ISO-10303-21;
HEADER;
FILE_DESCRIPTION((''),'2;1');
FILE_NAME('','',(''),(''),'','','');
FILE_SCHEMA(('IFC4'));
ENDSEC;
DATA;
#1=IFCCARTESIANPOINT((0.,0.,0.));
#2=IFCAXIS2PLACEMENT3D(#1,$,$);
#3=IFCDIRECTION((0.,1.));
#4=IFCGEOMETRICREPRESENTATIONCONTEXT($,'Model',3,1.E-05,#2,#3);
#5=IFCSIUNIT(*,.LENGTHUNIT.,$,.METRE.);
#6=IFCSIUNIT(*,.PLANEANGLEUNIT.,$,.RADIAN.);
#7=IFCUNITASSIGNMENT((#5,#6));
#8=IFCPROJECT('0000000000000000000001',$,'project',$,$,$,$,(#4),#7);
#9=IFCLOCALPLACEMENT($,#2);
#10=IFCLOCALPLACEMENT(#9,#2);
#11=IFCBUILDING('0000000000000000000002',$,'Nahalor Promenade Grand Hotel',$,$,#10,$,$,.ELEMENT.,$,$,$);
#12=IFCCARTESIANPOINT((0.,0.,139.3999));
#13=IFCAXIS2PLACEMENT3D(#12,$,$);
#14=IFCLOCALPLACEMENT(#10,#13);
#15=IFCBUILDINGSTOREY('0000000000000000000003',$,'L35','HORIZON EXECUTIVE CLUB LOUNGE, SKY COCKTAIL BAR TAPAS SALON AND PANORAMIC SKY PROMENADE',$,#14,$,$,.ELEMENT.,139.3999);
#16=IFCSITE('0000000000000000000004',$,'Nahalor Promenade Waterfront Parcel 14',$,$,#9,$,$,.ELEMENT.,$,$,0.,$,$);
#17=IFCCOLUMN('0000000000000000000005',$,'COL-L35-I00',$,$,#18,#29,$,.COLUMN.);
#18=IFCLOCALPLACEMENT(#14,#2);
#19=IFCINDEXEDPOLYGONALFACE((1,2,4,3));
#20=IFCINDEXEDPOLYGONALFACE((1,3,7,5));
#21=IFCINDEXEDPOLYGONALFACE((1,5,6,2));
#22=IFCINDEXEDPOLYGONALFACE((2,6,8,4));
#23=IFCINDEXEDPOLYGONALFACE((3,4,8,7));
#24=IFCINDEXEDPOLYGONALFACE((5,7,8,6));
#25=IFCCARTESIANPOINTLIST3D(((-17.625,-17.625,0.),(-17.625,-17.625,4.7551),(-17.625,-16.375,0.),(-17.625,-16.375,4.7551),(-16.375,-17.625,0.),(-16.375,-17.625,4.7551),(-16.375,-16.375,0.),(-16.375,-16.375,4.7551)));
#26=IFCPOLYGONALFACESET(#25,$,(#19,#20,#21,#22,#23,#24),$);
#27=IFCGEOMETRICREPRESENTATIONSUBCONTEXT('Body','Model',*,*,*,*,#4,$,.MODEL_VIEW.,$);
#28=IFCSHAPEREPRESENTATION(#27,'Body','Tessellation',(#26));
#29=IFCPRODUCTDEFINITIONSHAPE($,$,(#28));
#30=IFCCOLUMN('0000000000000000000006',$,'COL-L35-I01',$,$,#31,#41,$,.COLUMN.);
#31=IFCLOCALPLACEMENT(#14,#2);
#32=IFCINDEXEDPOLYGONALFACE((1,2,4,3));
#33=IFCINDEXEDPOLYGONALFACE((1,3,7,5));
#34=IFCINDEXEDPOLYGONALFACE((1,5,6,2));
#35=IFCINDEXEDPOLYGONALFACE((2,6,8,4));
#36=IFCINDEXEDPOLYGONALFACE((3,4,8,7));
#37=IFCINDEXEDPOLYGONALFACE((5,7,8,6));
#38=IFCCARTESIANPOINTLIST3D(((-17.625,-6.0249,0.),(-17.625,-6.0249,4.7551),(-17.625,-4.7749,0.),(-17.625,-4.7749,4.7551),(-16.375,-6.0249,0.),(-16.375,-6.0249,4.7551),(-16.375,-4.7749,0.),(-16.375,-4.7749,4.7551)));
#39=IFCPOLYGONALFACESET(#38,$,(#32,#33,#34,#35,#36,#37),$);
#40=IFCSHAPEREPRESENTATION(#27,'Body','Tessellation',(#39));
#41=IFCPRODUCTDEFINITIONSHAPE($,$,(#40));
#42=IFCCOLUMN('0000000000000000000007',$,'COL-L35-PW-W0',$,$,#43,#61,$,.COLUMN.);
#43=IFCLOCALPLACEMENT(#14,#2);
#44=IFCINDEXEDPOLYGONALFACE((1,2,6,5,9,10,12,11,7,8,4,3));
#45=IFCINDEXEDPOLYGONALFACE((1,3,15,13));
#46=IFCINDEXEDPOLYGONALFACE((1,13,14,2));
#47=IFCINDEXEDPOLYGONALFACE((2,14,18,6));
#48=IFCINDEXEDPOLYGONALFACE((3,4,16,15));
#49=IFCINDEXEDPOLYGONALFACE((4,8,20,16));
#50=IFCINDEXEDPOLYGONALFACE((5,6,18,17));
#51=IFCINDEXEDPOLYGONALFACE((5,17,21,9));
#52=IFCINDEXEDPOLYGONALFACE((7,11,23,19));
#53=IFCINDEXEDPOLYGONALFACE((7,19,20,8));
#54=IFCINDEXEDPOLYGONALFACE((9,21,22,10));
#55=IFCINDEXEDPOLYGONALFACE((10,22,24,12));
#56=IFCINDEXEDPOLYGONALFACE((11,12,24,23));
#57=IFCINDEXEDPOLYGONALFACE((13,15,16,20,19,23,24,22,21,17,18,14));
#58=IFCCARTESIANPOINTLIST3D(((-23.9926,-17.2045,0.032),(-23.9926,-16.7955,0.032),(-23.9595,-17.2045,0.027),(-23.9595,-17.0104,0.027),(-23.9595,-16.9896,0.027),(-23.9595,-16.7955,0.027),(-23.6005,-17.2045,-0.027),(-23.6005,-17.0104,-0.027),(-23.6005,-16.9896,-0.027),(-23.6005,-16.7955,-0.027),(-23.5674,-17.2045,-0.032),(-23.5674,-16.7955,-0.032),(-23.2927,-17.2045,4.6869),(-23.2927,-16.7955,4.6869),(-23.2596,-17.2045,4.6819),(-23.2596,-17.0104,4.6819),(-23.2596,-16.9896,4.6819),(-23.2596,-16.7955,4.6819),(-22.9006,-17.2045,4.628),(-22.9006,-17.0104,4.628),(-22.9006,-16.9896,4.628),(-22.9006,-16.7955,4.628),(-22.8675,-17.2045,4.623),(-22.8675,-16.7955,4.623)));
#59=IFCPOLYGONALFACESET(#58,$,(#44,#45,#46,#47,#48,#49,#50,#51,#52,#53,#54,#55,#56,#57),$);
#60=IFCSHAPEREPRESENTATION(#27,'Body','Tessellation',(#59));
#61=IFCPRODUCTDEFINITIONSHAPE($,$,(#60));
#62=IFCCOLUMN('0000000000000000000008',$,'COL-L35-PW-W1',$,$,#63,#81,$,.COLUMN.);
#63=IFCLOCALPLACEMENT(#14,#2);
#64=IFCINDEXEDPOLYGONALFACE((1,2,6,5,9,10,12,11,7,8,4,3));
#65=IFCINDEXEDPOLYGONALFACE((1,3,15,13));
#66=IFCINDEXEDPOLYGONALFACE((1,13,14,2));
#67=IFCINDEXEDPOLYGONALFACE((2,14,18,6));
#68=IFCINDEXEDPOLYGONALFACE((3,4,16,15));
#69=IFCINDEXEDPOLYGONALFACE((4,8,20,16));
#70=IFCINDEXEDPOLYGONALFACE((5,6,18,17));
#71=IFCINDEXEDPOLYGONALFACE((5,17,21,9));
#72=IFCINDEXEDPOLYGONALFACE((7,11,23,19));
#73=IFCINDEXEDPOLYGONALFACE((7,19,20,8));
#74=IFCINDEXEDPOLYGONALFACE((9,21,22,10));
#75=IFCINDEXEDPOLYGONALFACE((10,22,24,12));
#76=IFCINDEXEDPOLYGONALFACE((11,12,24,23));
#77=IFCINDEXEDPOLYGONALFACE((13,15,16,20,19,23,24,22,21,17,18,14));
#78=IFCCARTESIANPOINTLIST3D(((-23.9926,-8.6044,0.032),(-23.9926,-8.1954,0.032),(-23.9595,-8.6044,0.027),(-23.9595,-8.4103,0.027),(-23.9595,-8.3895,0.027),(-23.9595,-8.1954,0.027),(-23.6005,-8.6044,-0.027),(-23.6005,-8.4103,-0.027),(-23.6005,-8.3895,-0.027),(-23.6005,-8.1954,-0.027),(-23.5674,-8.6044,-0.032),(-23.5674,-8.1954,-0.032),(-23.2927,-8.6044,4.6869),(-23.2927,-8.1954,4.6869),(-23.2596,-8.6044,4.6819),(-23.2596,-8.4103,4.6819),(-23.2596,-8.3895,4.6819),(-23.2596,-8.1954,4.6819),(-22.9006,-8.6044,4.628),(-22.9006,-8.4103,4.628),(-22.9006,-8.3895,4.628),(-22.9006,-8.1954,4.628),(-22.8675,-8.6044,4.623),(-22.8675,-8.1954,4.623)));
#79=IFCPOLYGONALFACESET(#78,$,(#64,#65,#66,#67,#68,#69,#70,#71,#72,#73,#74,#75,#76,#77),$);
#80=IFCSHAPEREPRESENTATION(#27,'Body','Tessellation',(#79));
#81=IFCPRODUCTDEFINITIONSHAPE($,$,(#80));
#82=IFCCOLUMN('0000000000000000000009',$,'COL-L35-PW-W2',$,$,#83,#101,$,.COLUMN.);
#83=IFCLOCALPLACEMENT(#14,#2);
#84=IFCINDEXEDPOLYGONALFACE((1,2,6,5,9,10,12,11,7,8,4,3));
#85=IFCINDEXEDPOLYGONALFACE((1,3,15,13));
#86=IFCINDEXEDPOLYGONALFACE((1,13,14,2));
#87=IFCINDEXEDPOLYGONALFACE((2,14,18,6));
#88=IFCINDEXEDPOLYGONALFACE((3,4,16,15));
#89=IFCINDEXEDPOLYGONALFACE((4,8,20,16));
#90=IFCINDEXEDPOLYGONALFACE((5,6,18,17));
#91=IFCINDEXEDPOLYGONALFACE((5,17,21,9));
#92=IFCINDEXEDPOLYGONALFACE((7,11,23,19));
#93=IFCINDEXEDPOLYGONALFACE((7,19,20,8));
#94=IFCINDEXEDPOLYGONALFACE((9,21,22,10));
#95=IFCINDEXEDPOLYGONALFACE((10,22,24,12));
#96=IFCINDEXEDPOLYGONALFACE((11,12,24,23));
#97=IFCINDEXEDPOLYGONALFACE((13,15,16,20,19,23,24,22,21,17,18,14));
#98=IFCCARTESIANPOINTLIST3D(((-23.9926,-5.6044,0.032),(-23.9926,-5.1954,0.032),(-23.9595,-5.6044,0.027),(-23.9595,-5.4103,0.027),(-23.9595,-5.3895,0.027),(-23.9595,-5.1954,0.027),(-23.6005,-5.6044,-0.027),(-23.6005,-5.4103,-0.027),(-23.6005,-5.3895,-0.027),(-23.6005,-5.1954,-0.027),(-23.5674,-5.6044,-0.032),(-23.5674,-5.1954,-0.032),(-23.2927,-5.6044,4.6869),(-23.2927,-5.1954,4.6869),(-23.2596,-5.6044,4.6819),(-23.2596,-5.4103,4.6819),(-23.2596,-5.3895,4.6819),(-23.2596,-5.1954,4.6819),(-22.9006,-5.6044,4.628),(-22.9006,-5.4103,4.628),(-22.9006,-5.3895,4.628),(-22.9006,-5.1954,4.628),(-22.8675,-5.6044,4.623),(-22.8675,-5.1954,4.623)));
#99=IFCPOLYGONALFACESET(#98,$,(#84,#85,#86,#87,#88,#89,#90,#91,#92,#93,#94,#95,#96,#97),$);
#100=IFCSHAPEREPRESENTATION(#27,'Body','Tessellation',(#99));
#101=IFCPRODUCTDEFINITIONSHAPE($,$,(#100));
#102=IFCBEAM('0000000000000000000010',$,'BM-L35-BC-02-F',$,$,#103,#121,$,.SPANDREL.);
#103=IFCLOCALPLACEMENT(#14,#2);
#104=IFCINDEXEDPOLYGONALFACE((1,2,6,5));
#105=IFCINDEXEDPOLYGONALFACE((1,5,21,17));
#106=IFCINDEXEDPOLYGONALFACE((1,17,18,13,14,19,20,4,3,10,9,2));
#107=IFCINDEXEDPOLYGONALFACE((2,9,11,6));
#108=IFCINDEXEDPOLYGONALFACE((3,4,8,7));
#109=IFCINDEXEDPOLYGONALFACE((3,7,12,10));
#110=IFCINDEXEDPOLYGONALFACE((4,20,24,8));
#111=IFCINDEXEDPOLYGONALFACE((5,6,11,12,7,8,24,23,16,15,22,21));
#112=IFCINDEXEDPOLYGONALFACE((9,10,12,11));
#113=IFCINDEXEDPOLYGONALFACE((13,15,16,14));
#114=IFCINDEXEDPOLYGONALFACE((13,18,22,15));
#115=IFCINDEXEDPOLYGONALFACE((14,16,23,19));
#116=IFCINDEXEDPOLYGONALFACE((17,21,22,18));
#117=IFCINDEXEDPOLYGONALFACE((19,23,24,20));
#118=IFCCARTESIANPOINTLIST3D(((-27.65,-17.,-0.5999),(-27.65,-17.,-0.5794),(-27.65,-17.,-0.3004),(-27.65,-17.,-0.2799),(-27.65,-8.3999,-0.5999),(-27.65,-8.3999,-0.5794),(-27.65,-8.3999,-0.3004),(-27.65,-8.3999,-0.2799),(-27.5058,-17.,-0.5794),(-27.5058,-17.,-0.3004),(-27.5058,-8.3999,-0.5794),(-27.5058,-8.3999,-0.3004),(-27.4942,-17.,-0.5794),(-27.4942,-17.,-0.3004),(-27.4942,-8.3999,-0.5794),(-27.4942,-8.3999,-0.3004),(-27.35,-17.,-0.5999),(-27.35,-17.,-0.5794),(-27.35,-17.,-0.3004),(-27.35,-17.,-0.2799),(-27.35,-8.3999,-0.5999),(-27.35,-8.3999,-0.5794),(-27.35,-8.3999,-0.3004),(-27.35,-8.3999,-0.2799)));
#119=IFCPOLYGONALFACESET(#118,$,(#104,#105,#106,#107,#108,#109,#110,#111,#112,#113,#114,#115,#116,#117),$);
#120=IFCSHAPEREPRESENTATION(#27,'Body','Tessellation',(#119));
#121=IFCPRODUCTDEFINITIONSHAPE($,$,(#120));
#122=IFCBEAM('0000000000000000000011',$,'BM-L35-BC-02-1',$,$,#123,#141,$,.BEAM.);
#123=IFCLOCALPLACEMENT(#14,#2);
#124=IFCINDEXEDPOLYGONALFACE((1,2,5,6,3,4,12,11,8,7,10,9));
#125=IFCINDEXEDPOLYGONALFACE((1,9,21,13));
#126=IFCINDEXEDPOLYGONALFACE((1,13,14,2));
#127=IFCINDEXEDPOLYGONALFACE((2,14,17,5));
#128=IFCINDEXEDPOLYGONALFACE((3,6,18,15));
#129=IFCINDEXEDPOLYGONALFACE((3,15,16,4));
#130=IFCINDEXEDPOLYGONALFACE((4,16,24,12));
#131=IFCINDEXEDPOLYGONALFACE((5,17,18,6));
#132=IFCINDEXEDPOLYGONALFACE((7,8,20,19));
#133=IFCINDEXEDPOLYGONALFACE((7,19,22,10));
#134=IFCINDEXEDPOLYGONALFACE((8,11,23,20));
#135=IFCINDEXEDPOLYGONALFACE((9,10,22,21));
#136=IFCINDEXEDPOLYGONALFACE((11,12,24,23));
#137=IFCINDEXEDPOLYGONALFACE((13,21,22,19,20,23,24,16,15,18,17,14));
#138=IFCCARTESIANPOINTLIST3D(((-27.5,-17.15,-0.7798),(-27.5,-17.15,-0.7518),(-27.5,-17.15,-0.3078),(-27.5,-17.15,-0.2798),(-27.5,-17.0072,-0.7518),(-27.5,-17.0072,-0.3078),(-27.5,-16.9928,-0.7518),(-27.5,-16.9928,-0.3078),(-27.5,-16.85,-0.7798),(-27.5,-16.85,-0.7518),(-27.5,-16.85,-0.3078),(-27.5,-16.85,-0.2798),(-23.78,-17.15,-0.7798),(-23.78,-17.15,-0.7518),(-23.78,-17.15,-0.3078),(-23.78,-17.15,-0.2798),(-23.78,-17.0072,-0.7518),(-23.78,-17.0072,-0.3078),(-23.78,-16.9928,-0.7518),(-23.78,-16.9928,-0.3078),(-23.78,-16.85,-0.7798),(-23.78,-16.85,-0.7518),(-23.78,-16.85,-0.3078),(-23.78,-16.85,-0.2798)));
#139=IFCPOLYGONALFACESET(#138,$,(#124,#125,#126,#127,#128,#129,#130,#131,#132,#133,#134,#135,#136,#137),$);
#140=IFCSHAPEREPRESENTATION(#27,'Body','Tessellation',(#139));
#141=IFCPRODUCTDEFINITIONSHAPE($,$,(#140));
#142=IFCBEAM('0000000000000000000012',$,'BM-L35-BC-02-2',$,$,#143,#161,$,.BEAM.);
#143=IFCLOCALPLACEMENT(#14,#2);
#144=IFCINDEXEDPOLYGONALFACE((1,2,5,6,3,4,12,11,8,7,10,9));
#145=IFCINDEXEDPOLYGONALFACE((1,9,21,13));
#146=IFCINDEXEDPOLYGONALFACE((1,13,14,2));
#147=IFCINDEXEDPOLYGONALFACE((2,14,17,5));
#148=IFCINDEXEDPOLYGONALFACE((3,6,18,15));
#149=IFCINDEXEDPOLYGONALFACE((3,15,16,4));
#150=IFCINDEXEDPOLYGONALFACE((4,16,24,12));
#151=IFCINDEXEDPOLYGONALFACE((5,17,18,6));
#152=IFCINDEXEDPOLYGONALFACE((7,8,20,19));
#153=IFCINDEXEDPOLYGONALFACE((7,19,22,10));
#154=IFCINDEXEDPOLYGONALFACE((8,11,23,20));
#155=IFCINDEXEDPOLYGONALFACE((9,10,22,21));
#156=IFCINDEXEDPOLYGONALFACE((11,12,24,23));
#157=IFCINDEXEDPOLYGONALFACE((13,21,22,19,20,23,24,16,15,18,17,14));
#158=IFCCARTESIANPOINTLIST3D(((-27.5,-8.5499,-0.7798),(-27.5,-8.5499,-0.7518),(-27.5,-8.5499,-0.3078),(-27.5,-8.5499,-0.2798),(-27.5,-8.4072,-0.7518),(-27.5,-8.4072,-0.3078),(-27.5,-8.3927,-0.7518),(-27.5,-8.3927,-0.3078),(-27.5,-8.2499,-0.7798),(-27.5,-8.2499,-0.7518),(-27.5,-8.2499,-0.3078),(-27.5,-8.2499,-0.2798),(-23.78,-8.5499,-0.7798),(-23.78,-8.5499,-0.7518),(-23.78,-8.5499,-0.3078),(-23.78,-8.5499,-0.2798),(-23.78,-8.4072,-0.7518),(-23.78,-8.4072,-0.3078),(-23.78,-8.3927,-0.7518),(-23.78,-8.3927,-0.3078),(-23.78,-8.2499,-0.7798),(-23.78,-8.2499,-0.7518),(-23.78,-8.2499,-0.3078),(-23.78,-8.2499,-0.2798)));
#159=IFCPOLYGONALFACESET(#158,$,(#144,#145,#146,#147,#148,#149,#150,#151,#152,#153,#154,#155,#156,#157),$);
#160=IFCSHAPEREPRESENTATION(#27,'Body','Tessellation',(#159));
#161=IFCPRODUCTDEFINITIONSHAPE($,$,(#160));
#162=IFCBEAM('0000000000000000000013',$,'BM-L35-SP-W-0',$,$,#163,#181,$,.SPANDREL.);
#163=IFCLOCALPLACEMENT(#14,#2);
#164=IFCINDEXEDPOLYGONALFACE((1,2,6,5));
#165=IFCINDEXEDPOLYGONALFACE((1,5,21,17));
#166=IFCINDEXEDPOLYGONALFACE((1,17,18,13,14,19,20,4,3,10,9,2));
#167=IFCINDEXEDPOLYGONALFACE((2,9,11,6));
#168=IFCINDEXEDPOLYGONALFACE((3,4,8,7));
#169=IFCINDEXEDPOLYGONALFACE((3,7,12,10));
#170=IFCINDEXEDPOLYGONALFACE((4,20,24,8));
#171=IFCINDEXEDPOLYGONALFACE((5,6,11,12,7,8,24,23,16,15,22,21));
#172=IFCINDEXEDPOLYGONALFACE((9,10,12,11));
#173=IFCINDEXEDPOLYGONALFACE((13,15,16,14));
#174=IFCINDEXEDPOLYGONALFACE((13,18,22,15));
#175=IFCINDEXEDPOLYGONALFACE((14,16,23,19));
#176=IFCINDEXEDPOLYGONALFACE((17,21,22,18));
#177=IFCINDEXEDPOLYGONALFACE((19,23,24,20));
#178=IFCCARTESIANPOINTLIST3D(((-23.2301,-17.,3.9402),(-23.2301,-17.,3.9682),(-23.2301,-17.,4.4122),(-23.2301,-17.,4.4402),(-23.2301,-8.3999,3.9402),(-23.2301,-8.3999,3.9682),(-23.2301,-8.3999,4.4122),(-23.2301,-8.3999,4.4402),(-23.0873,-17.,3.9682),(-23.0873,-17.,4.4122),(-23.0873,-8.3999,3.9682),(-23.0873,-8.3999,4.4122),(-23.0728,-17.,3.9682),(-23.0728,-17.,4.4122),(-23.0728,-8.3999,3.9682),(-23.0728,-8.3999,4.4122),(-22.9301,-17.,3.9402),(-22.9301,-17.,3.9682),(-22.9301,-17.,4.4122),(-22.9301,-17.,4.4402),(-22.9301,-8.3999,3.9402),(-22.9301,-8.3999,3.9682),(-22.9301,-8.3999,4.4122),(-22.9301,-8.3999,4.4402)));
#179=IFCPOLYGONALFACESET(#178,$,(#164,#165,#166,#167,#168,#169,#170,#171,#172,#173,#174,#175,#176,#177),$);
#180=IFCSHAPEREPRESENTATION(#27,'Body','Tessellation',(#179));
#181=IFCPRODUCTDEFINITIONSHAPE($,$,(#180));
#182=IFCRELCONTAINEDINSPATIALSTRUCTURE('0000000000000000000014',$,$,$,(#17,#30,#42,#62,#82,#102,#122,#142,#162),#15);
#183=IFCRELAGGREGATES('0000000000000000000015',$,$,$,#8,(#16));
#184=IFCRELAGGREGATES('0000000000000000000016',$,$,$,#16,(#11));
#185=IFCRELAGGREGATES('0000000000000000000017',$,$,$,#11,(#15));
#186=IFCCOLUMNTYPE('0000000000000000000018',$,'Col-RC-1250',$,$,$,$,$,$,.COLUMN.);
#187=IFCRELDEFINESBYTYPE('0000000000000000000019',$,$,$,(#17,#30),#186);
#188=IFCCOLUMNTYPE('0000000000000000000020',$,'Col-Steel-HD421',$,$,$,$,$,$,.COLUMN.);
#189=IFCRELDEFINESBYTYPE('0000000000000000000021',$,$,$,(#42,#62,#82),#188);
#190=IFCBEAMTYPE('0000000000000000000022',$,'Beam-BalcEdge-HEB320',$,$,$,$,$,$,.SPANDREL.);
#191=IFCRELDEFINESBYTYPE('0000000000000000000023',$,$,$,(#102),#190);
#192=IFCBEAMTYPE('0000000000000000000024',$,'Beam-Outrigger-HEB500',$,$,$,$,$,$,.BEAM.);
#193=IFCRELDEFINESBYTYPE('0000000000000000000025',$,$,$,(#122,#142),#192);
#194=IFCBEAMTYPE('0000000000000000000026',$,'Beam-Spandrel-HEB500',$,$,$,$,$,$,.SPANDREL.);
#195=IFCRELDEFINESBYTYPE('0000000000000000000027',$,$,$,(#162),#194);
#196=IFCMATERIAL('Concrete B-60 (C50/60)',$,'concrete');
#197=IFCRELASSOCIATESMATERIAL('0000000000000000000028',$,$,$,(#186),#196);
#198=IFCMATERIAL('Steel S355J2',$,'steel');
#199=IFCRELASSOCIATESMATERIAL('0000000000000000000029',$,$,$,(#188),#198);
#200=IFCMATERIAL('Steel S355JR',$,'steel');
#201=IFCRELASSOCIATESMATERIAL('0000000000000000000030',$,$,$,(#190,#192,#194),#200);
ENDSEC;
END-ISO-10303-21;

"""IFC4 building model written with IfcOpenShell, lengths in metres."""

from ifc_helpers import new_model, si_unit, direction, frame, origin, origin_2d, place, context, subcontext, project, spatial, rectangle, i_section, extrude, source, transform, mapped, material, material_profile, profile_set, type_object, element, save


model = new_model("IFC4")

# Units and contexts
model_context = context("Model", 3, precision=1e-05, world=origin(), true_north=direction((0.0, 1.0)))
body_context = subcontext(model_context, "Body", "Model", "MODEL_VIEW")
ifc_project = project(units=[si_unit("LENGTHUNIT", "METRE"), si_unit("PLANEANGLEUNIT", "RADIAN")], contexts=[model_context])

# Site, building, storey
site_placement = place(None, origin())
site = spatial("IfcSite", under=ifc_project, at=site_placement, Name="Nahalor Promenade Waterfront Parcel 14", CompositionType="ELEMENT", RefElevation=0.0)
building_placement = place(site_placement, origin())
building = spatial("IfcBuilding", under=site, at=building_placement, Name="Nahalor Promenade Grand Hotel", CompositionType="ELEMENT")
storey_placement = place(building_placement, frame((0.0, 0.0, 139.3999)))
storey = spatial("IfcBuildingStorey", under=building, at=storey_placement, Name="L35", Description="HORIZON EXECUTIVE CLUB LOUNGE, SKY COCKTAIL BAR TAPAS SALON AND PANORAMIC SKY PROMENADE", CompositionType="ELEMENT", Elevation=139.3999)

# Columns
ifc_material_1 = material(Name="Concrete B-60 (C50/60)", Category="concrete")
ifc_material_profile_1 = material_profile(ifc_material_1, rectangle(XDim=1.25, YDim=1.25, at=origin_2d()), Name="RC 1250x1250")
ifc_profile_set_1 = profile_set([ifc_material_profile_1], Name="Concrete B-60 (C50/60)")
column_type_1 = type_object("IfcColumnType", Name="Col-RC-1250", PredefinedType="COLUMN", material=ifc_profile_set_1)
shared_shape_1 = source(origin(), body_context, "Body", "SweptSolid", [
    extrude(rectangle(XDim=1.25, YDim=1.25, at=origin_2d()), origin(), (0.0, 0.0, 1.0), 4.7551),
])
for number, where, z_axis, x_axis, name in (
    (1, (-17.0, -17.0, 0.0), (0.0, 0.0, 1.0), (1.0, 0.0, 0.0), "COL-L35-I00"),
    (2, (-17.0, -5.3999, 0.0), (0.0, 0.0, 1.0), (1.0, 0.0, 0.0), "COL-L35-I01"),
):
    element("IfcColumn", number, at=place(storey_placement, frame(where, z_axis=z_axis, x_axis=x_axis)), inside=storey, type_object=column_type_1, Name=name, PredefinedType="COLUMN", context=body_context, shape_type="MappedRepresentation", body=[
        mapped(shared_shape_1, transform((0.0, 0.0, 0.0), scale=1.0)),
    ])
ifc_material_2 = material(Name="Steel S355J2", Category="steel")
ifc_material_profile_2 = material_profile(ifc_material_2, i_section(OverallWidth=0.409, OverallDepth=0.43, WebThickness=0.0208, FlangeThickness=0.0335, at=origin_2d()), Name="HD 400x421")
ifc_profile_set_2 = profile_set([ifc_material_profile_2], Name="Steel S355J2")
column_type_2 = type_object("IfcColumnType", Name="Col-Steel-HD421", PredefinedType="COLUMN", material=ifc_profile_set_2)
shared_shape_2 = source(origin(), body_context, "Body", "SweptSolid", [
    extrude(i_section(OverallWidth=0.409, OverallDepth=0.43, WebThickness=0.0208, FlangeThickness=0.0335, at=origin_2d()), origin(), (0.0, 0.0, 1.0), 4.7073),
])
for number, where, z_axis, x_axis, name in (
    (3, (-23.78, -17.0, 0.0), (0.148693, 0.0, 0.988883), (0.0, 1.0, 0.0), "COL-L35-PW-W0"),
    (4, (-23.78, -8.3999, 0.0), (0.148693, 0.0, 0.988883), (0.0, 1.0, 0.0), "COL-L35-PW-W1"),
    (5, (-23.78, -5.3999, 0.0), (0.148693, 0.0, 0.988883), (0.0, 1.0, 0.0), "COL-L35-PW-W2"),
):
    element("IfcColumn", number, at=place(storey_placement, frame(where, z_axis=z_axis, x_axis=x_axis)), inside=storey, type_object=column_type_2, Name=name, PredefinedType="COLUMN", context=body_context, shape_type="MappedRepresentation", body=[
        mapped(shared_shape_2, transform((0.0, 0.0, 0.0), scale=1.0)),
    ])

# Beams
ifc_material_3 = material(Name="Steel S355JR", Category="steel")
ifc_material_profile_3 = material_profile(ifc_material_3, i_section(OverallWidth=0.3, OverallDepth=0.32, WebThickness=0.0115, FlangeThickness=0.0205, at=origin_2d()), Name="HEB 320")
ifc_profile_set_3 = profile_set([ifc_material_profile_3], Name="Steel S355JR")
beam_type_1 = type_object("IfcBeamType", Name="Beam-BalcEdge-HEB320", PredefinedType="SPANDREL", material=ifc_profile_set_3)
shared_shape_3 = source(origin(), body_context, "Body", "SweptSolid", [
    extrude(i_section(OverallWidth=0.3, OverallDepth=0.32, WebThickness=0.0115, FlangeThickness=0.0205, at=origin_2d()), origin(), (0.0, 0.0, 1.0), 8.6001),
])
beam_1_placement = place(storey_placement, frame((-27.5, -17.0, -0.4399), z_axis=(0.0, 1.0, 0.0), x_axis=(-1.0, 0.0, 0.0)))
element("IfcBeam", 6, at=beam_1_placement, inside=storey, type_object=beam_type_1, Name="BM-L35-BC-02-F", PredefinedType="SPANDREL", context=body_context, shape_type="MappedRepresentation", body=[
    mapped(shared_shape_3, transform((0.0, 0.0, 0.0), scale=1.0)),
])
ifc_material_profile_4 = material_profile(ifc_material_3, i_section(OverallWidth=0.3, OverallDepth=0.5, WebThickness=0.0145, FlangeThickness=0.028, at=origin_2d()), Name="HEB 500")
ifc_profile_set_4 = profile_set([ifc_material_profile_4], Name="Steel S355JR")
beam_type_2 = type_object("IfcBeamType", Name="Beam-Outrigger-HEB500", PredefinedType="BEAM", material=ifc_profile_set_4)
shared_shape_4 = source(origin(), body_context, "Body", "SweptSolid", [
    extrude(i_section(OverallWidth=0.3, OverallDepth=0.5, WebThickness=0.0145, FlangeThickness=0.028, at=origin_2d()), origin(), (0.0, 0.0, 1.0), 3.72),
])
for number, where, z_axis, x_axis, name in (
    (7, (-27.5, -17.0, -0.5298), (1.0, 0.0, 0.0), (0.0, 1.0, 0.0), "BM-L35-BC-02-1"),
    (8, (-27.5, -8.3999, -0.5298), (1.0, 0.0, 0.0), (0.0, 1.0, 0.0), "BM-L35-BC-02-2"),
):
    element("IfcBeam", number, at=place(storey_placement, frame(where, z_axis=z_axis, x_axis=x_axis)), inside=storey, type_object=beam_type_2, Name=name, PredefinedType="BEAM", context=body_context, shape_type="MappedRepresentation", body=[
        mapped(shared_shape_4, transform((0.0, 0.0, 0.0), scale=1.0)),
    ])
ifc_material_profile_5 = material_profile(ifc_material_3, i_section(OverallWidth=0.3, OverallDepth=0.5, WebThickness=0.0145, FlangeThickness=0.028, at=origin_2d()), Name="HEB 500")
ifc_profile_set_5 = profile_set([ifc_material_profile_5], Name="Steel S355JR")
beam_type_3 = type_object("IfcBeamType", Name="Beam-Spandrel-HEB500", PredefinedType="SPANDREL", material=ifc_profile_set_5)
shared_shape_5 = source(origin(), body_context, "Body", "SweptSolid", [
    extrude(i_section(OverallWidth=0.3, OverallDepth=0.5, WebThickness=0.0145, FlangeThickness=0.028, at=origin_2d()), origin(), (0.0, 0.0, 1.0), 8.6001),
])
beam_2_placement = place(storey_placement, frame((-23.0801, -17.0, 4.1902), z_axis=(0.0, 1.0, 0.0), x_axis=(-1.0, 0.0, 0.0)))
element("IfcBeam", 9, at=beam_2_placement, inside=storey, type_object=beam_type_3, Name="BM-L35-SP-W-0", PredefinedType="SPANDREL", context=body_context, shape_type="MappedRepresentation", body=[
    mapped(shared_shape_5, transform((0.0, 0.0, 0.0), scale=1.0)),
])

save(model, "model.ifc")
